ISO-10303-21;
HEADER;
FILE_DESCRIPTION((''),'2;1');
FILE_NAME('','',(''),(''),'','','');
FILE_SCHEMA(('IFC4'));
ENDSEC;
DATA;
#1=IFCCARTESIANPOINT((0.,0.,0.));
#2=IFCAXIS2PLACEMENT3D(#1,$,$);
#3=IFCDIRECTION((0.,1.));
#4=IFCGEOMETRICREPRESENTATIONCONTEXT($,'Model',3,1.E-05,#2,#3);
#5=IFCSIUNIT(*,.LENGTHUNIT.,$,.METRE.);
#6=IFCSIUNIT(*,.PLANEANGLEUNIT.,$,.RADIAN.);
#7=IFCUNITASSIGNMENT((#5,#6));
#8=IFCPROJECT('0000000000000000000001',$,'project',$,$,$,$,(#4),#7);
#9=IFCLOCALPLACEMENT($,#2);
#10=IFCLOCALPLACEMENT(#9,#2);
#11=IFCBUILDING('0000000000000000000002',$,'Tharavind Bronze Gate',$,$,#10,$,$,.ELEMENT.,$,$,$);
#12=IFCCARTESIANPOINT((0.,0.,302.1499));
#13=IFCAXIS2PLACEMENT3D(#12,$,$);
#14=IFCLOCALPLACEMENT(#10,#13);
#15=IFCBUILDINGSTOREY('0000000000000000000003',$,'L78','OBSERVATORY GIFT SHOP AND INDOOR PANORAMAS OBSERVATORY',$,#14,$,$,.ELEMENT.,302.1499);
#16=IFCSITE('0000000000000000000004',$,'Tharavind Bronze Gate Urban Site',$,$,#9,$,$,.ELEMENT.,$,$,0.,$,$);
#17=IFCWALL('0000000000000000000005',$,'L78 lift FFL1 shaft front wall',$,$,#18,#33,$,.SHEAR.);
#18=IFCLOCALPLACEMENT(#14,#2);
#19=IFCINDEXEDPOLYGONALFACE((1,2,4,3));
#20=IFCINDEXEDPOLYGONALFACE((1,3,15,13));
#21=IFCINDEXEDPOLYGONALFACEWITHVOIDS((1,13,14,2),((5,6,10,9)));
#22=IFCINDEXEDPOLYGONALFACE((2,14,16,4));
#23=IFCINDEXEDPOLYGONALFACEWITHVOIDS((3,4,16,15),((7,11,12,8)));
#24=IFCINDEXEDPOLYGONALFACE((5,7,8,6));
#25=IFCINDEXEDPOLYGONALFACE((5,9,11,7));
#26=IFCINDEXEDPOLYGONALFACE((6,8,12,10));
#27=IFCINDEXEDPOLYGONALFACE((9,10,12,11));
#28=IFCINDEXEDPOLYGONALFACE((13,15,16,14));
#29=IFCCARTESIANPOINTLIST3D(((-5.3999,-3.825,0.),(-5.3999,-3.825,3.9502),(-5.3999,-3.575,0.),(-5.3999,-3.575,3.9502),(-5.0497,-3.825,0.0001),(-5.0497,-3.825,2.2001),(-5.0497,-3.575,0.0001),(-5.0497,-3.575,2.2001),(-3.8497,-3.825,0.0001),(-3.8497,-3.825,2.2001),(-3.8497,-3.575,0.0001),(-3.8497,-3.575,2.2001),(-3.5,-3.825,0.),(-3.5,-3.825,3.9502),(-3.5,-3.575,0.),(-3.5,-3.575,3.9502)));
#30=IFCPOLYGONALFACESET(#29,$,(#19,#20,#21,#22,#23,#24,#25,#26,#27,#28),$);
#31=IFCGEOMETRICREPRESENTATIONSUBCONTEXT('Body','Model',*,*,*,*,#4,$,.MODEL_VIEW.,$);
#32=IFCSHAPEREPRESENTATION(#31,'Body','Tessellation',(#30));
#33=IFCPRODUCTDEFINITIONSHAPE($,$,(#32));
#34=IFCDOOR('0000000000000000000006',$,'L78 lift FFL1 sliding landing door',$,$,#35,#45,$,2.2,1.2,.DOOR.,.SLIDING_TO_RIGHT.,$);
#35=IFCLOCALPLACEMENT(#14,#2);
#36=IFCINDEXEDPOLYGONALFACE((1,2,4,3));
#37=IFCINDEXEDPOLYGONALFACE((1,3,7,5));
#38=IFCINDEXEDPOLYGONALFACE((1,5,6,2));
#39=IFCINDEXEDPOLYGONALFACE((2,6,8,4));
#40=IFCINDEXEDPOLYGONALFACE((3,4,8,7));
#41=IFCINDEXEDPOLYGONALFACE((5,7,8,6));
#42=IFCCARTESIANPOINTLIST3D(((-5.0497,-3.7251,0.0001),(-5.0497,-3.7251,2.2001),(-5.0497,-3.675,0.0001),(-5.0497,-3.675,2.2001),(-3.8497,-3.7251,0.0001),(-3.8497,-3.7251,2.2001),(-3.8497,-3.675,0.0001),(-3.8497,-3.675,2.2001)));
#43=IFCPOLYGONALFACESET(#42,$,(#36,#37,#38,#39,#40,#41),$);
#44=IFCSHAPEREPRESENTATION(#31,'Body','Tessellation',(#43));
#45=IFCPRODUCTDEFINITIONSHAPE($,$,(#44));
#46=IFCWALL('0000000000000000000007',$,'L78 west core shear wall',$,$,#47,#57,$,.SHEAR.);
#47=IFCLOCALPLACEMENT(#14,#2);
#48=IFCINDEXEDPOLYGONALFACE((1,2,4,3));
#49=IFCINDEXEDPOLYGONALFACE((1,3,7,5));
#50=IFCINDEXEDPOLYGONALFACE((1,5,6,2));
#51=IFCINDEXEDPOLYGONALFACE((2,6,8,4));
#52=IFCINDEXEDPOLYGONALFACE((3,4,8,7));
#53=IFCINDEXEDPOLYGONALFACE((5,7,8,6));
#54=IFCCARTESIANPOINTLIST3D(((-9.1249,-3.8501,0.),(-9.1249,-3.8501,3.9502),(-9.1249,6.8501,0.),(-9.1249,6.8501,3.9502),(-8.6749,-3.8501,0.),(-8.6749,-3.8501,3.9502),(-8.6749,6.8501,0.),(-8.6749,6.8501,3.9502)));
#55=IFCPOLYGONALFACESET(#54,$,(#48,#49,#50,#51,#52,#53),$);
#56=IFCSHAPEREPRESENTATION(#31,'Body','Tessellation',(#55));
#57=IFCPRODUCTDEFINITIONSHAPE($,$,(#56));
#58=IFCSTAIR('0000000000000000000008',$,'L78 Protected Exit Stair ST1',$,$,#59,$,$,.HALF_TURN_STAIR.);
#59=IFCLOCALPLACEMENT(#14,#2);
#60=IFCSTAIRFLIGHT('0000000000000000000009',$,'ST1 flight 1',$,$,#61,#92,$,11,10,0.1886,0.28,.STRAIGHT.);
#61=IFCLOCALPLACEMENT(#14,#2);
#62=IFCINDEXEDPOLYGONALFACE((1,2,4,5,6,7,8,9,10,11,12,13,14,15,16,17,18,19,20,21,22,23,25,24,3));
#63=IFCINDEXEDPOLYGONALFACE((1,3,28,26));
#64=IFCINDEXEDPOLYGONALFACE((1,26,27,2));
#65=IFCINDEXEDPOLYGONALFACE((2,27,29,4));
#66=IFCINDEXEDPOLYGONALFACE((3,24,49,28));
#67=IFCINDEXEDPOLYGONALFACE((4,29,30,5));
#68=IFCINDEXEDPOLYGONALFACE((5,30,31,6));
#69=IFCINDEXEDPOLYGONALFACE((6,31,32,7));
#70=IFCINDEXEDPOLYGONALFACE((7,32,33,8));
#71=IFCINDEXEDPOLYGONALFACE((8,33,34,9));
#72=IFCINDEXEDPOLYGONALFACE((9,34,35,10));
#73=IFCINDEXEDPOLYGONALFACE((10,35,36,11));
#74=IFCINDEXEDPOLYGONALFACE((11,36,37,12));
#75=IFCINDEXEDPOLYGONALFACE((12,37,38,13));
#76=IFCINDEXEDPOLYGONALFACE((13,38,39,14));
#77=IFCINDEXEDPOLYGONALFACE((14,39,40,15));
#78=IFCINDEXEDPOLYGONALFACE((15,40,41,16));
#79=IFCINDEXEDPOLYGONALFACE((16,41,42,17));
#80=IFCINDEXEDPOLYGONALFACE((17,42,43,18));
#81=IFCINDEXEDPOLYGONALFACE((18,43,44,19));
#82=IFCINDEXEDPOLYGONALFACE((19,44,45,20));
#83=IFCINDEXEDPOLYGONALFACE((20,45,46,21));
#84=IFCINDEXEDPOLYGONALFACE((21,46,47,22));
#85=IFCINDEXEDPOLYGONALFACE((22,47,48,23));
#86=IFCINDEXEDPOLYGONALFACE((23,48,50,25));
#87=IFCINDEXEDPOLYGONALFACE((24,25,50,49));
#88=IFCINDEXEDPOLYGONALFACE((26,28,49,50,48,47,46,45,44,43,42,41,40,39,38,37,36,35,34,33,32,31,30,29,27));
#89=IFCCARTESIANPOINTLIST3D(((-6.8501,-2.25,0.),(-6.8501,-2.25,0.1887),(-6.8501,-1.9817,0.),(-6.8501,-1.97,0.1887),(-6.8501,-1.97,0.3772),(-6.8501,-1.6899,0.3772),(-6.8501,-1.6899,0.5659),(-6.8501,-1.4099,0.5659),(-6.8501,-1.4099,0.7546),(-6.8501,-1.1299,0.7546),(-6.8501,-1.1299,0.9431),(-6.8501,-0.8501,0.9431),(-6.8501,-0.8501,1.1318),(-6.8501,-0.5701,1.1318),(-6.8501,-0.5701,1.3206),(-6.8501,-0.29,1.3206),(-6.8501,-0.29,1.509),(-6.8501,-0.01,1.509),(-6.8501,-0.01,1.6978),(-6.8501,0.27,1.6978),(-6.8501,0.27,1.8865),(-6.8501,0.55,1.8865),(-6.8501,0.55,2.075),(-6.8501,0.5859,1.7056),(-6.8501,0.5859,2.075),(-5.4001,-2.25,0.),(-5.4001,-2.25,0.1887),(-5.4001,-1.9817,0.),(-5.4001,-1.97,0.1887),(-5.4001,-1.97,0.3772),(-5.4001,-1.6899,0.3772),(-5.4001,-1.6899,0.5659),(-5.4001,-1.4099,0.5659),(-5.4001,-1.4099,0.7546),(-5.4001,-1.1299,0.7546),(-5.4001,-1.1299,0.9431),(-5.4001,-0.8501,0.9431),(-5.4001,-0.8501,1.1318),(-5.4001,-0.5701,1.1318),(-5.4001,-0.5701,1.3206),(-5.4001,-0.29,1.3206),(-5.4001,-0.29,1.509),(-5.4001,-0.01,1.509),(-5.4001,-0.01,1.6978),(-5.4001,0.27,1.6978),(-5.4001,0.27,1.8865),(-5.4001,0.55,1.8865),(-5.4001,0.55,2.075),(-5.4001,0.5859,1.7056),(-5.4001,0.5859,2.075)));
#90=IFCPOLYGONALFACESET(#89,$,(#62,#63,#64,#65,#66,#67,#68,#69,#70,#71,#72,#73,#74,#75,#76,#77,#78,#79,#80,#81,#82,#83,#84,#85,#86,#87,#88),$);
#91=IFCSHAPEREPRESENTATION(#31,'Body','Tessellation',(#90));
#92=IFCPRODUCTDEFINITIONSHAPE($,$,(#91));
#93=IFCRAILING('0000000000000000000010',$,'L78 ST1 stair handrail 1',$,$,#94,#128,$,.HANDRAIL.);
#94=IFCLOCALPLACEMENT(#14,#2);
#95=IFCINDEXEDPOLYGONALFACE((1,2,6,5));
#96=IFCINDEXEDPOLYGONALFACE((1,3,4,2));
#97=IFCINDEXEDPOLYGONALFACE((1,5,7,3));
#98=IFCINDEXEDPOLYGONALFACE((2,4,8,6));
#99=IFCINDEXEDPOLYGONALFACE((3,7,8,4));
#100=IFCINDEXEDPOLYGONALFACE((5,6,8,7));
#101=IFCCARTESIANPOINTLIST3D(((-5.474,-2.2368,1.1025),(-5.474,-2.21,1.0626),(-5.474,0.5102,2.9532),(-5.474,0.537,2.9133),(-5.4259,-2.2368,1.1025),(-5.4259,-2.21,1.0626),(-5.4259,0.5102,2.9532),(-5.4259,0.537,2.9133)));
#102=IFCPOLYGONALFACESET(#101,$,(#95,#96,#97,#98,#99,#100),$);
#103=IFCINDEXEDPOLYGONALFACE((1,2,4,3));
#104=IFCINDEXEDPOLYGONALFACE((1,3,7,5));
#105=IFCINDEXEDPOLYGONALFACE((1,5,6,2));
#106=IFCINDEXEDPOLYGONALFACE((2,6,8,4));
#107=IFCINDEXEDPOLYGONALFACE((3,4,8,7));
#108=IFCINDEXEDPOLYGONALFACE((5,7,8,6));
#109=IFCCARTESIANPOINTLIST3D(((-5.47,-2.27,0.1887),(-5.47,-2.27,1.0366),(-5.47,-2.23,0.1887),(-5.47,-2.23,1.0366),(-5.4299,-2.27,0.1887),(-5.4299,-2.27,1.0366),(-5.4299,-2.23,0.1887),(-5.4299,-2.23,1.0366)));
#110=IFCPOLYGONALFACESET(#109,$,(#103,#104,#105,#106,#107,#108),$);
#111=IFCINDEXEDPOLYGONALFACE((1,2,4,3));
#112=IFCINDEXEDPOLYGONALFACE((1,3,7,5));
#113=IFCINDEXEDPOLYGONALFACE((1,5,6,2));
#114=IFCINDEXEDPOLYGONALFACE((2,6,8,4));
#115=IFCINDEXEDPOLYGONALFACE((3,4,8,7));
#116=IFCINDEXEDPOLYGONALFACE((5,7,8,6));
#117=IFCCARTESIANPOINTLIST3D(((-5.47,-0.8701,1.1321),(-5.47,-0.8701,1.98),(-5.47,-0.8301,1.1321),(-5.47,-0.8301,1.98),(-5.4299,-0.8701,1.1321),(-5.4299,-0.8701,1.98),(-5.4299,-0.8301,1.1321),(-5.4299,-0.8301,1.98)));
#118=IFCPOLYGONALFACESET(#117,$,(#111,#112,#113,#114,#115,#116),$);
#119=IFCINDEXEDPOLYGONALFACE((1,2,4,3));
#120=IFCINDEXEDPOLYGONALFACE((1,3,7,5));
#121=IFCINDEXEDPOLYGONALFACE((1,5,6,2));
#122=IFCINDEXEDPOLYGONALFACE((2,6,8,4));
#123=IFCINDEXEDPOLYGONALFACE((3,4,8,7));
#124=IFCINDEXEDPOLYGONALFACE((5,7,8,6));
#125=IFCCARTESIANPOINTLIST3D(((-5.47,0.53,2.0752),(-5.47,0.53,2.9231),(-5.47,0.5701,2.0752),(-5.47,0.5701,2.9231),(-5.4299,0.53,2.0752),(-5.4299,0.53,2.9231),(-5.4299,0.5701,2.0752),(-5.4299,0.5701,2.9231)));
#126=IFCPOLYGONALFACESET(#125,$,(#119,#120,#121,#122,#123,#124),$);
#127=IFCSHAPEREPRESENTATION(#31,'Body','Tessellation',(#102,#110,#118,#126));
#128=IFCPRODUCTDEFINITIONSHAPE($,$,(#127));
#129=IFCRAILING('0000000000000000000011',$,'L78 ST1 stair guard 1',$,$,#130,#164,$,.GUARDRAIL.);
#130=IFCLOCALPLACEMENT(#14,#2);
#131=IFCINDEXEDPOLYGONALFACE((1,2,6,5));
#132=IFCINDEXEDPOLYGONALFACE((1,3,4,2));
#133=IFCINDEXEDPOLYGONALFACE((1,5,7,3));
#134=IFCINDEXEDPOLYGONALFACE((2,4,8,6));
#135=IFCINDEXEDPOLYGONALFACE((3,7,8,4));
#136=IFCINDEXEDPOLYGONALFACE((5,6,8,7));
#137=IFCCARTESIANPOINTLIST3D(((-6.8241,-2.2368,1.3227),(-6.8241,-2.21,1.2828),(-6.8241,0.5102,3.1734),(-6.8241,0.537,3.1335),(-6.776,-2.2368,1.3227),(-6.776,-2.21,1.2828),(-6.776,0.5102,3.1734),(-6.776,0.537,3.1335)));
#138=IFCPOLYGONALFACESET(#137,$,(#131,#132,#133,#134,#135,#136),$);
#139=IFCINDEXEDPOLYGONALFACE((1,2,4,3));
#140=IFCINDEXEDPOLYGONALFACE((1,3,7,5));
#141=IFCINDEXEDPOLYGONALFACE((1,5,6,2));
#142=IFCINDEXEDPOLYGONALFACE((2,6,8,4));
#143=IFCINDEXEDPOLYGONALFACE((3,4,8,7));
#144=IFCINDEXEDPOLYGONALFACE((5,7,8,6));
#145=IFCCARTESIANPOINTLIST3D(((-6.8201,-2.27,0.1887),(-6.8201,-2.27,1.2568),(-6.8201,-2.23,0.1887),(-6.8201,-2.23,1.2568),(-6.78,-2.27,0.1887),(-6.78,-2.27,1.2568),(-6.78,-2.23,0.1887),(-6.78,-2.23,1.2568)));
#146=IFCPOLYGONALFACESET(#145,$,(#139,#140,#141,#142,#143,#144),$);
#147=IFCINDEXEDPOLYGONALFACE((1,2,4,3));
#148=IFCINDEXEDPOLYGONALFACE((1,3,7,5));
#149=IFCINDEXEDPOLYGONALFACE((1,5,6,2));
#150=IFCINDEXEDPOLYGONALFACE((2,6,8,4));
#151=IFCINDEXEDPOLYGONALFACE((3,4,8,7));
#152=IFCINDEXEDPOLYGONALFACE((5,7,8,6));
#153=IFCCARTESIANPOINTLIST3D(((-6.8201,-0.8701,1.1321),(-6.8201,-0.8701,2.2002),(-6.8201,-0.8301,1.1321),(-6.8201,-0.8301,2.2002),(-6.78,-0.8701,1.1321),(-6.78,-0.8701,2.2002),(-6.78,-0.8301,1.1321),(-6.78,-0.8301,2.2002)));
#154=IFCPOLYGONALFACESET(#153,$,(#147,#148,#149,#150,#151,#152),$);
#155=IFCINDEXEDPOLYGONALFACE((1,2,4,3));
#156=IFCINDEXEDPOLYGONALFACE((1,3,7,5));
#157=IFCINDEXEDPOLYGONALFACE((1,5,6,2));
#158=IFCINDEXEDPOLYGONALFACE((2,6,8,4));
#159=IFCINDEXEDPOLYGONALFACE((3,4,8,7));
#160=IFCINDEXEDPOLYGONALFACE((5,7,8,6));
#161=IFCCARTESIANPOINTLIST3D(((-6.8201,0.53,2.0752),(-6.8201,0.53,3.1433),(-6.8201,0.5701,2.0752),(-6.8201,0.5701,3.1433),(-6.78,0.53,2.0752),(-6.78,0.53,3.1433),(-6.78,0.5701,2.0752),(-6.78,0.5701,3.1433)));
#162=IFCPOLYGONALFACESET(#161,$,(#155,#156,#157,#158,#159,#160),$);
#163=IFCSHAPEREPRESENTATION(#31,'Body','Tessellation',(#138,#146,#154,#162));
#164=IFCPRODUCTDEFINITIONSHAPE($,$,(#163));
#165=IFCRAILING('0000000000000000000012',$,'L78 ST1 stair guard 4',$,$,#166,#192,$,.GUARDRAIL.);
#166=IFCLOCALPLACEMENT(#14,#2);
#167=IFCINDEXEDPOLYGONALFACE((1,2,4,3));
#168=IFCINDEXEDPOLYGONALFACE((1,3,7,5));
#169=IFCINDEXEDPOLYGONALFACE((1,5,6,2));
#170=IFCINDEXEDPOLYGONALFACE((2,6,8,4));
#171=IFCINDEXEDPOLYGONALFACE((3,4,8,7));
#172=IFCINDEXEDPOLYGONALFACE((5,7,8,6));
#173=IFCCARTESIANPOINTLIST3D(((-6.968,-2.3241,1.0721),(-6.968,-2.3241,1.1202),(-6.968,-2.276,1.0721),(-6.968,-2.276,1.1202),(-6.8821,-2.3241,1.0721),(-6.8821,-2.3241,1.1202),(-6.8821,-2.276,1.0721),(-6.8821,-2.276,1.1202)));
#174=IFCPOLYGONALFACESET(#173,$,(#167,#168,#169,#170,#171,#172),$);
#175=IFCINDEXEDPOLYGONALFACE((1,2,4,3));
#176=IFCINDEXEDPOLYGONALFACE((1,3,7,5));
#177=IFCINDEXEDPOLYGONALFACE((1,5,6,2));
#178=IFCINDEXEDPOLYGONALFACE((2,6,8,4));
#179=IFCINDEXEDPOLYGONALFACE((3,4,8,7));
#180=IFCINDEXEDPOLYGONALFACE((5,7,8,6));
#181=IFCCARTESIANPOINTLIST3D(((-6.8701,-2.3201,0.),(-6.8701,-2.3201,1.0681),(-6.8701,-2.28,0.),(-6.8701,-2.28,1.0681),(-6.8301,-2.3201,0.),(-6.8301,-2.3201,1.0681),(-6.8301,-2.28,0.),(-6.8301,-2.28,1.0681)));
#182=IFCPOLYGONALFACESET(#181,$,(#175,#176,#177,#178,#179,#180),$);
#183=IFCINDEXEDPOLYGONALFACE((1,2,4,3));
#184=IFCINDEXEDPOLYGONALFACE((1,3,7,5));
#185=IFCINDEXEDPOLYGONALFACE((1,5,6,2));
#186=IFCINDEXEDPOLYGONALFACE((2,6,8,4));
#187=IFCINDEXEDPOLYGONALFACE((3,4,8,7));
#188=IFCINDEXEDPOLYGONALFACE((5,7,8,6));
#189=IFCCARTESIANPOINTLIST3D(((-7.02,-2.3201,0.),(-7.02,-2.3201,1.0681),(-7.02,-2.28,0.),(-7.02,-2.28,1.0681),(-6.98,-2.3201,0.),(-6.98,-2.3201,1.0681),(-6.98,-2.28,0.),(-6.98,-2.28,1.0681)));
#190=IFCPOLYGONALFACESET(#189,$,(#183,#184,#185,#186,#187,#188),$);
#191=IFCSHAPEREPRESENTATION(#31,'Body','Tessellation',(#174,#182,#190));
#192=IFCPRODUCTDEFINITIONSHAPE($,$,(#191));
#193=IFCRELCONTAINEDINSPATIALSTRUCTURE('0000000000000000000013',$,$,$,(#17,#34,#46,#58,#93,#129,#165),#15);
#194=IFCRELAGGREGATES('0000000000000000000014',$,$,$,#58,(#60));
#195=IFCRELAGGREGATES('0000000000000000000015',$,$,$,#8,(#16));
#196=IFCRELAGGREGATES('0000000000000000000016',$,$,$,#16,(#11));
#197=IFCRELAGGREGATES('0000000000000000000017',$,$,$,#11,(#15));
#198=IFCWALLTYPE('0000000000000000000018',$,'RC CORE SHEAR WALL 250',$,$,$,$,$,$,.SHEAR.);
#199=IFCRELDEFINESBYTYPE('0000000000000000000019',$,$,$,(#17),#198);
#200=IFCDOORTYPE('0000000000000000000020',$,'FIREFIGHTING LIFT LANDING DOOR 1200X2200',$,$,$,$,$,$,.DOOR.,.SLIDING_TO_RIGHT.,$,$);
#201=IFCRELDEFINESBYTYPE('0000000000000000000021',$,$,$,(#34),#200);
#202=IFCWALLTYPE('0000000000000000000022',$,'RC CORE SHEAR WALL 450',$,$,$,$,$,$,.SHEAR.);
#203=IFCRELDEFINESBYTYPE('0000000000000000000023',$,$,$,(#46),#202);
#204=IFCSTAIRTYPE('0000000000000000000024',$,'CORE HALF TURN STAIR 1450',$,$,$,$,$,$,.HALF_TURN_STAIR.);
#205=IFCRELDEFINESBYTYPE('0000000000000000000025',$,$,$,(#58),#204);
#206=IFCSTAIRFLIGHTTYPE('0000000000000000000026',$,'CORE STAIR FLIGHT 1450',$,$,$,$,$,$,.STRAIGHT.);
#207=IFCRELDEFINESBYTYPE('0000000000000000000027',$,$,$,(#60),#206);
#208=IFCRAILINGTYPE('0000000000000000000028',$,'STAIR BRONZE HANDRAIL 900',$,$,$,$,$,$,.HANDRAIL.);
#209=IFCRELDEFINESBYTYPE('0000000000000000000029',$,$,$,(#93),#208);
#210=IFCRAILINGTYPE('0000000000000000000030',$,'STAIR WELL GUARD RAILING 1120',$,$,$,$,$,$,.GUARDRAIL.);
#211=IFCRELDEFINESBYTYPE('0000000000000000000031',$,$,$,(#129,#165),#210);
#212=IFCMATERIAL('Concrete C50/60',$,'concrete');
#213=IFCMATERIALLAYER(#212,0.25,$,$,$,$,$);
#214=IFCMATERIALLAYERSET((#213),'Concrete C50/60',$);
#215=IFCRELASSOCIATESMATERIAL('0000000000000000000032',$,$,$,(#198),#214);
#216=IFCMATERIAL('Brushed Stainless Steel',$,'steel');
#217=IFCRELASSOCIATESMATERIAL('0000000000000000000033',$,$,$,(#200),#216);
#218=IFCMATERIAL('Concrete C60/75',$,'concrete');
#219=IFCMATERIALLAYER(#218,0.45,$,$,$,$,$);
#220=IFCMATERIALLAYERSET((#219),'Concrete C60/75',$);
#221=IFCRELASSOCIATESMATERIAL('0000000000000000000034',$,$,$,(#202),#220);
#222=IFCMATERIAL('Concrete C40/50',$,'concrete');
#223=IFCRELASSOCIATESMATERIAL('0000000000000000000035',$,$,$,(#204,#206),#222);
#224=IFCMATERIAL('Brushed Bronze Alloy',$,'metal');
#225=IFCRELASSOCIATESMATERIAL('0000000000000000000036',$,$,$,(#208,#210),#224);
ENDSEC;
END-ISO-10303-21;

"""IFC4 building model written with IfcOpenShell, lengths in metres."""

from ifc_helpers import new_model, si_unit, direction, frame, frame_2d, origin, origin_2d, place, context, subcontext, project, spatial, polyline, rectangle, outline, extrude, material, layer, layer_set, type_object, element, fill, aggregate, save


model = new_model("IFC4")

# Units and contexts
model_context = context("Model", 3, precision=1e-05, world=origin(), true_north=direction((0.0, 1.0)))
body_context = subcontext(model_context, "Body", "Model", "MODEL_VIEW")
ifc_project = project(units=[si_unit("LENGTHUNIT", "METRE"), si_unit("PLANEANGLEUNIT", "RADIAN")], contexts=[model_context])

# Site, building, storey
site_placement = place(None, origin())
site = spatial("IfcSite", under=ifc_project, at=site_placement, Name="Tharavind Bronze Gate Urban Site", CompositionType="ELEMENT", RefElevation=0.0)
building_placement = place(site_placement, origin())
building = spatial("IfcBuilding", under=site, at=building_placement, Name="Tharavind Bronze Gate", CompositionType="ELEMENT")
storey_placement = place(building_placement, frame((0.0, 0.0, 302.1499)))
storey = spatial("IfcBuildingStorey", under=building, at=storey_placement, Name="L78", Description="OBSERVATORY GIFT SHOP AND INDOOR PANORAMAS OBSERVATORY", CompositionType="ELEMENT", Elevation=302.1499)

# Shared definitions
ifc_material_1 = material(Name="Concrete C50/60", Category="concrete")

# Wall, opening, door
ifc_layer_1 = layer(ifc_material_1, 0.25)
ifc_layer_set_1 = layer_set([ifc_layer_1], Name="Concrete C50/60")
wall_type_1 = type_object("IfcWallType", Name="RC CORE SHEAR WALL 250", PredefinedType="SHEAR", material=ifc_layer_set_1)
wall_1_placement = place(storey_placement, frame((-5.3999, -3.7, 0.0), z_axis=(0.0, 0.0, 1.0), x_axis=(1.0, 0.0, 0.0)))
wall_1 = element("IfcWall", 1, at=wall_1_placement, inside=storey, type_object=wall_type_1, Name="L78 lift FFL1 shaft front wall", PredefinedType="SHEAR", context=body_context, shape_type="SweptSolid", body=[
    extrude(rectangle(XDim=1.8999, YDim=0.25, at=frame_2d((0.95, 0.0))), origin(), (0.0, 0.0, 1.0), 3.9502),
])
opening_1_placement = place(wall_1_placement, frame((0.3501, 0.0, 0.0)))
opening_1 = element("IfcOpeningElement", 2, at=opening_1_placement, cuts=wall_1, PredefinedType="OPENING", context=body_context, shape_type="SweptSolid", body=[
    extrude(rectangle(XDim=1.2, YDim=2.2, at=frame_2d((0.6001, 1.1001))), frame((0.0, 0.135, 0.0), z_axis=(0.0, -1.0, 0.0), x_axis=(1.0, 0.0, 0.0)), (0.0, 0.0, 1.0), 0.27),
])
ifc_material_2 = material(Name="Brushed Stainless Steel", Category="steel")
door_type_1 = type_object("IfcDoorType", Name="FIREFIGHTING LIFT LANDING DOOR 1200X2200", OperationType="SLIDING_TO_RIGHT", PredefinedType="DOOR", material=ifc_material_2)
door_1_placement = place(opening_1_placement, origin())
door_1 = element("IfcDoor", 3, at=door_1_placement, inside=storey, type_object=door_type_1, Name="L78 lift FFL1 sliding landing door", OperationType="SLIDING_TO_RIGHT", OverallHeight=2.2, OverallWidth=1.2, PredefinedType="DOOR", context=body_context, shape_type="SweptSolid", body=[
    extrude(rectangle(XDim=1.2, YDim=2.2, at=frame_2d((0.6001, 1.1001))), frame((0.0, 0.0249, 0.0), z_axis=(0.0, -1.0, 0.0), x_axis=(1.0, 0.0, 0.0)), (0.0, 0.0, 1.0), 0.05),
])
fill(opening_1, door_1)

# Wall
ifc_material_3 = material(Name="Concrete C60/75", Category="concrete")
ifc_layer_2 = layer(ifc_material_3, 0.45)
ifc_layer_set_2 = layer_set([ifc_layer_2], Name="Concrete C60/75")
wall_type_2 = type_object("IfcWallType", Name="RC CORE SHEAR WALL 450", PredefinedType="SHEAR", material=ifc_layer_set_2)
wall_2_placement = place(storey_placement, frame((-8.8999, -3.8501, 0.0), z_axis=(0.0, 0.0, 1.0), x_axis=(0.0, 1.0, 0.0)))
element("IfcWall", 4, at=wall_2_placement, inside=storey, type_object=wall_type_2, Name="L78 west core shear wall", PredefinedType="SHEAR", context=body_context, shape_type="SweptSolid", body=[
    extrude(rectangle(XDim=10.7002, YDim=0.45, at=frame_2d((5.3501, 0.0))), origin(), (0.0, 0.0, 1.0), 3.9502),
])

# Stair, stair flight
ifc_material_4 = material(Name="Concrete C40/50", Category="concrete")
stair_type = type_object("IfcStairType", Name="CORE HALF TURN STAIR 1450", PredefinedType="HALF_TURN_STAIR", material=ifc_material_4)
stair_placement = place(storey_placement, origin())
stair = element("IfcStair", 5, at=stair_placement, inside=storey, type_object=stair_type, Name="L78 Protected Exit Stair ST1", PredefinedType="HALF_TURN_STAIR")
stair_flight_type = type_object("IfcStairFlightType", Name="CORE STAIR FLIGHT 1450", PredefinedType="STRAIGHT", material=ifc_material_4)
stair_flight_placement = place(storey_placement, frame((-6.125, -2.25, 0.0), z_axis=(0.0, 0.0, 1.0), x_axis=(0.0, 1.0, 0.0)))
stair_flight = element("IfcStairFlight", 6, at=stair_flight_placement, type_object=stair_flight_type, Name="ST1 flight 1", NumberOfRisers=11, NumberOfTreads=10, PredefinedType="STRAIGHT", RiserHeight=0.1886, TreadLength=0.28, context=body_context, shape_type="SweptSolid", body=[
    extrude(outline(polyline([(0.0, 0.0), (0.0, 0.1887), (0.28, 0.1887), (0.28, 0.3772), (0.5601, 0.3772), (0.5601, 0.5659), (0.8401, 0.5659), (0.8401, 0.7546), (1.1201, 0.7546), (1.1201, 0.9431), (1.3999, 0.9431), (1.3999, 1.1318), (1.6799, 1.1318), (1.6799, 1.3206), (1.96, 1.3206), (1.96, 1.509), (2.24, 1.509), (2.24, 1.6978), (2.52, 1.6978), (2.52, 1.8865), (2.8, 1.8865), (2.8, 2.075), (2.8359, 2.075), (2.8359, 1.7056), (0.2683, 0.0), (0.0, 0.0)])), frame((0.0, 0.7251, 0.0), z_axis=(0.0, -1.0, 0.0), x_axis=(1.0, 0.0, 0.0)), (0.0, 0.0, 1.0), 1.45),
])
aggregate(stair, [stair_flight])

# Railings
ifc_material_5 = material(Name="Brushed Bronze Alloy", Category="metal")
railing_type_1 = type_object("IfcRailingType", Name="STAIR BRONZE HANDRAIL 900", PredefinedType="HANDRAIL", material=ifc_material_5)
railing_1_placement = place(storey_placement, frame((-5.45, -2.25, 0.1887)))
element("IfcRailing", 7, at=railing_1_placement, inside=storey, type_object=railing_type_1, Name="L78 ST1 stair handrail 1", PredefinedType="HANDRAIL", context=body_context, shape_type="SweptSolid", body=[
    extrude(rectangle(XDim=0.0481, YDim=0.0481, at=origin_2d()), frame((0.0, 0.0266, 0.8938), z_axis=(0.0, 0.829337, 0.558749), x_axis=(-1.0, 0.0, 0.0)), (0.0, 0.0, 1.0), 3.3123),
    extrude(rectangle(XDim=0.04, YDim=0.04, at=origin_2d()), origin(), (0.0, 0.0, 1.0), 0.8479),
    extrude(rectangle(XDim=0.04, YDim=0.04, at=origin_2d()), frame((0.0, 1.3999, 0.9434)), (0.0, 0.0, 1.0), 0.8479),
    extrude(rectangle(XDim=0.04, YDim=0.04, at=origin_2d()), frame((0.0, 2.8, 1.8865)), (0.0, 0.0, 1.0), 0.8479),
])
railing_type_2 = type_object("IfcRailingType", Name="STAIR WELL GUARD RAILING 1120", PredefinedType="GUARDRAIL", material=ifc_material_5)
railing_2_placement = place(storey_placement, frame((-6.8, -2.25, 0.1887)))
element("IfcRailing", 8, at=railing_2_placement, inside=storey, type_object=railing_type_2, Name="L78 ST1 stair guard 1", PredefinedType="GUARDRAIL", context=body_context, shape_type="SweptSolid", body=[
    extrude(rectangle(XDim=0.0481, YDim=0.0481, at=origin_2d()), frame((0.0, 0.0266, 1.114), z_axis=(0.0, 0.829337, 0.558749), x_axis=(-1.0, 0.0, 0.0)), (0.0, 0.0, 1.0), 3.3123),
    extrude(rectangle(XDim=0.04, YDim=0.04, at=origin_2d()), origin(), (0.0, 0.0, 1.0), 1.0681),
    extrude(rectangle(XDim=0.04, YDim=0.04, at=origin_2d()), frame((0.0, 1.3999, 0.9434)), (0.0, 0.0, 1.0), 1.0681),
    extrude(rectangle(XDim=0.04, YDim=0.04, at=origin_2d()), frame((0.0, 2.8, 1.8865)), (0.0, 0.0, 1.0), 1.0681),
])
railing_3_placement = place(storey_placement, frame((-6.8501, -2.3, 0.0)))
element("IfcRailing", 9, at=railing_3_placement, inside=storey, type_object=railing_type_2, Name="L78 ST1 stair guard 4", PredefinedType="GUARDRAIL", context=body_context, shape_type="SweptSolid", body=[
    extrude(rectangle(XDim=0.0481, YDim=0.0481, at=origin_2d()), frame((-0.032, 0.0, 1.0962), z_axis=(-1.0, 0.0, 0.0), x_axis=(0.0, -1.0, 0.0)), (0.0, 0.0, 1.0), 0.0859),
    extrude(rectangle(XDim=0.04, YDim=0.04, at=origin_2d()), origin(), (0.0, 0.0, 1.0), 1.0681),
    extrude(rectangle(XDim=0.04, YDim=0.04, at=origin_2d()), frame((-0.1499, 0.0, 0.0)), (0.0, 0.0, 1.0), 1.0681),
])

save(model, "model.ifc")
